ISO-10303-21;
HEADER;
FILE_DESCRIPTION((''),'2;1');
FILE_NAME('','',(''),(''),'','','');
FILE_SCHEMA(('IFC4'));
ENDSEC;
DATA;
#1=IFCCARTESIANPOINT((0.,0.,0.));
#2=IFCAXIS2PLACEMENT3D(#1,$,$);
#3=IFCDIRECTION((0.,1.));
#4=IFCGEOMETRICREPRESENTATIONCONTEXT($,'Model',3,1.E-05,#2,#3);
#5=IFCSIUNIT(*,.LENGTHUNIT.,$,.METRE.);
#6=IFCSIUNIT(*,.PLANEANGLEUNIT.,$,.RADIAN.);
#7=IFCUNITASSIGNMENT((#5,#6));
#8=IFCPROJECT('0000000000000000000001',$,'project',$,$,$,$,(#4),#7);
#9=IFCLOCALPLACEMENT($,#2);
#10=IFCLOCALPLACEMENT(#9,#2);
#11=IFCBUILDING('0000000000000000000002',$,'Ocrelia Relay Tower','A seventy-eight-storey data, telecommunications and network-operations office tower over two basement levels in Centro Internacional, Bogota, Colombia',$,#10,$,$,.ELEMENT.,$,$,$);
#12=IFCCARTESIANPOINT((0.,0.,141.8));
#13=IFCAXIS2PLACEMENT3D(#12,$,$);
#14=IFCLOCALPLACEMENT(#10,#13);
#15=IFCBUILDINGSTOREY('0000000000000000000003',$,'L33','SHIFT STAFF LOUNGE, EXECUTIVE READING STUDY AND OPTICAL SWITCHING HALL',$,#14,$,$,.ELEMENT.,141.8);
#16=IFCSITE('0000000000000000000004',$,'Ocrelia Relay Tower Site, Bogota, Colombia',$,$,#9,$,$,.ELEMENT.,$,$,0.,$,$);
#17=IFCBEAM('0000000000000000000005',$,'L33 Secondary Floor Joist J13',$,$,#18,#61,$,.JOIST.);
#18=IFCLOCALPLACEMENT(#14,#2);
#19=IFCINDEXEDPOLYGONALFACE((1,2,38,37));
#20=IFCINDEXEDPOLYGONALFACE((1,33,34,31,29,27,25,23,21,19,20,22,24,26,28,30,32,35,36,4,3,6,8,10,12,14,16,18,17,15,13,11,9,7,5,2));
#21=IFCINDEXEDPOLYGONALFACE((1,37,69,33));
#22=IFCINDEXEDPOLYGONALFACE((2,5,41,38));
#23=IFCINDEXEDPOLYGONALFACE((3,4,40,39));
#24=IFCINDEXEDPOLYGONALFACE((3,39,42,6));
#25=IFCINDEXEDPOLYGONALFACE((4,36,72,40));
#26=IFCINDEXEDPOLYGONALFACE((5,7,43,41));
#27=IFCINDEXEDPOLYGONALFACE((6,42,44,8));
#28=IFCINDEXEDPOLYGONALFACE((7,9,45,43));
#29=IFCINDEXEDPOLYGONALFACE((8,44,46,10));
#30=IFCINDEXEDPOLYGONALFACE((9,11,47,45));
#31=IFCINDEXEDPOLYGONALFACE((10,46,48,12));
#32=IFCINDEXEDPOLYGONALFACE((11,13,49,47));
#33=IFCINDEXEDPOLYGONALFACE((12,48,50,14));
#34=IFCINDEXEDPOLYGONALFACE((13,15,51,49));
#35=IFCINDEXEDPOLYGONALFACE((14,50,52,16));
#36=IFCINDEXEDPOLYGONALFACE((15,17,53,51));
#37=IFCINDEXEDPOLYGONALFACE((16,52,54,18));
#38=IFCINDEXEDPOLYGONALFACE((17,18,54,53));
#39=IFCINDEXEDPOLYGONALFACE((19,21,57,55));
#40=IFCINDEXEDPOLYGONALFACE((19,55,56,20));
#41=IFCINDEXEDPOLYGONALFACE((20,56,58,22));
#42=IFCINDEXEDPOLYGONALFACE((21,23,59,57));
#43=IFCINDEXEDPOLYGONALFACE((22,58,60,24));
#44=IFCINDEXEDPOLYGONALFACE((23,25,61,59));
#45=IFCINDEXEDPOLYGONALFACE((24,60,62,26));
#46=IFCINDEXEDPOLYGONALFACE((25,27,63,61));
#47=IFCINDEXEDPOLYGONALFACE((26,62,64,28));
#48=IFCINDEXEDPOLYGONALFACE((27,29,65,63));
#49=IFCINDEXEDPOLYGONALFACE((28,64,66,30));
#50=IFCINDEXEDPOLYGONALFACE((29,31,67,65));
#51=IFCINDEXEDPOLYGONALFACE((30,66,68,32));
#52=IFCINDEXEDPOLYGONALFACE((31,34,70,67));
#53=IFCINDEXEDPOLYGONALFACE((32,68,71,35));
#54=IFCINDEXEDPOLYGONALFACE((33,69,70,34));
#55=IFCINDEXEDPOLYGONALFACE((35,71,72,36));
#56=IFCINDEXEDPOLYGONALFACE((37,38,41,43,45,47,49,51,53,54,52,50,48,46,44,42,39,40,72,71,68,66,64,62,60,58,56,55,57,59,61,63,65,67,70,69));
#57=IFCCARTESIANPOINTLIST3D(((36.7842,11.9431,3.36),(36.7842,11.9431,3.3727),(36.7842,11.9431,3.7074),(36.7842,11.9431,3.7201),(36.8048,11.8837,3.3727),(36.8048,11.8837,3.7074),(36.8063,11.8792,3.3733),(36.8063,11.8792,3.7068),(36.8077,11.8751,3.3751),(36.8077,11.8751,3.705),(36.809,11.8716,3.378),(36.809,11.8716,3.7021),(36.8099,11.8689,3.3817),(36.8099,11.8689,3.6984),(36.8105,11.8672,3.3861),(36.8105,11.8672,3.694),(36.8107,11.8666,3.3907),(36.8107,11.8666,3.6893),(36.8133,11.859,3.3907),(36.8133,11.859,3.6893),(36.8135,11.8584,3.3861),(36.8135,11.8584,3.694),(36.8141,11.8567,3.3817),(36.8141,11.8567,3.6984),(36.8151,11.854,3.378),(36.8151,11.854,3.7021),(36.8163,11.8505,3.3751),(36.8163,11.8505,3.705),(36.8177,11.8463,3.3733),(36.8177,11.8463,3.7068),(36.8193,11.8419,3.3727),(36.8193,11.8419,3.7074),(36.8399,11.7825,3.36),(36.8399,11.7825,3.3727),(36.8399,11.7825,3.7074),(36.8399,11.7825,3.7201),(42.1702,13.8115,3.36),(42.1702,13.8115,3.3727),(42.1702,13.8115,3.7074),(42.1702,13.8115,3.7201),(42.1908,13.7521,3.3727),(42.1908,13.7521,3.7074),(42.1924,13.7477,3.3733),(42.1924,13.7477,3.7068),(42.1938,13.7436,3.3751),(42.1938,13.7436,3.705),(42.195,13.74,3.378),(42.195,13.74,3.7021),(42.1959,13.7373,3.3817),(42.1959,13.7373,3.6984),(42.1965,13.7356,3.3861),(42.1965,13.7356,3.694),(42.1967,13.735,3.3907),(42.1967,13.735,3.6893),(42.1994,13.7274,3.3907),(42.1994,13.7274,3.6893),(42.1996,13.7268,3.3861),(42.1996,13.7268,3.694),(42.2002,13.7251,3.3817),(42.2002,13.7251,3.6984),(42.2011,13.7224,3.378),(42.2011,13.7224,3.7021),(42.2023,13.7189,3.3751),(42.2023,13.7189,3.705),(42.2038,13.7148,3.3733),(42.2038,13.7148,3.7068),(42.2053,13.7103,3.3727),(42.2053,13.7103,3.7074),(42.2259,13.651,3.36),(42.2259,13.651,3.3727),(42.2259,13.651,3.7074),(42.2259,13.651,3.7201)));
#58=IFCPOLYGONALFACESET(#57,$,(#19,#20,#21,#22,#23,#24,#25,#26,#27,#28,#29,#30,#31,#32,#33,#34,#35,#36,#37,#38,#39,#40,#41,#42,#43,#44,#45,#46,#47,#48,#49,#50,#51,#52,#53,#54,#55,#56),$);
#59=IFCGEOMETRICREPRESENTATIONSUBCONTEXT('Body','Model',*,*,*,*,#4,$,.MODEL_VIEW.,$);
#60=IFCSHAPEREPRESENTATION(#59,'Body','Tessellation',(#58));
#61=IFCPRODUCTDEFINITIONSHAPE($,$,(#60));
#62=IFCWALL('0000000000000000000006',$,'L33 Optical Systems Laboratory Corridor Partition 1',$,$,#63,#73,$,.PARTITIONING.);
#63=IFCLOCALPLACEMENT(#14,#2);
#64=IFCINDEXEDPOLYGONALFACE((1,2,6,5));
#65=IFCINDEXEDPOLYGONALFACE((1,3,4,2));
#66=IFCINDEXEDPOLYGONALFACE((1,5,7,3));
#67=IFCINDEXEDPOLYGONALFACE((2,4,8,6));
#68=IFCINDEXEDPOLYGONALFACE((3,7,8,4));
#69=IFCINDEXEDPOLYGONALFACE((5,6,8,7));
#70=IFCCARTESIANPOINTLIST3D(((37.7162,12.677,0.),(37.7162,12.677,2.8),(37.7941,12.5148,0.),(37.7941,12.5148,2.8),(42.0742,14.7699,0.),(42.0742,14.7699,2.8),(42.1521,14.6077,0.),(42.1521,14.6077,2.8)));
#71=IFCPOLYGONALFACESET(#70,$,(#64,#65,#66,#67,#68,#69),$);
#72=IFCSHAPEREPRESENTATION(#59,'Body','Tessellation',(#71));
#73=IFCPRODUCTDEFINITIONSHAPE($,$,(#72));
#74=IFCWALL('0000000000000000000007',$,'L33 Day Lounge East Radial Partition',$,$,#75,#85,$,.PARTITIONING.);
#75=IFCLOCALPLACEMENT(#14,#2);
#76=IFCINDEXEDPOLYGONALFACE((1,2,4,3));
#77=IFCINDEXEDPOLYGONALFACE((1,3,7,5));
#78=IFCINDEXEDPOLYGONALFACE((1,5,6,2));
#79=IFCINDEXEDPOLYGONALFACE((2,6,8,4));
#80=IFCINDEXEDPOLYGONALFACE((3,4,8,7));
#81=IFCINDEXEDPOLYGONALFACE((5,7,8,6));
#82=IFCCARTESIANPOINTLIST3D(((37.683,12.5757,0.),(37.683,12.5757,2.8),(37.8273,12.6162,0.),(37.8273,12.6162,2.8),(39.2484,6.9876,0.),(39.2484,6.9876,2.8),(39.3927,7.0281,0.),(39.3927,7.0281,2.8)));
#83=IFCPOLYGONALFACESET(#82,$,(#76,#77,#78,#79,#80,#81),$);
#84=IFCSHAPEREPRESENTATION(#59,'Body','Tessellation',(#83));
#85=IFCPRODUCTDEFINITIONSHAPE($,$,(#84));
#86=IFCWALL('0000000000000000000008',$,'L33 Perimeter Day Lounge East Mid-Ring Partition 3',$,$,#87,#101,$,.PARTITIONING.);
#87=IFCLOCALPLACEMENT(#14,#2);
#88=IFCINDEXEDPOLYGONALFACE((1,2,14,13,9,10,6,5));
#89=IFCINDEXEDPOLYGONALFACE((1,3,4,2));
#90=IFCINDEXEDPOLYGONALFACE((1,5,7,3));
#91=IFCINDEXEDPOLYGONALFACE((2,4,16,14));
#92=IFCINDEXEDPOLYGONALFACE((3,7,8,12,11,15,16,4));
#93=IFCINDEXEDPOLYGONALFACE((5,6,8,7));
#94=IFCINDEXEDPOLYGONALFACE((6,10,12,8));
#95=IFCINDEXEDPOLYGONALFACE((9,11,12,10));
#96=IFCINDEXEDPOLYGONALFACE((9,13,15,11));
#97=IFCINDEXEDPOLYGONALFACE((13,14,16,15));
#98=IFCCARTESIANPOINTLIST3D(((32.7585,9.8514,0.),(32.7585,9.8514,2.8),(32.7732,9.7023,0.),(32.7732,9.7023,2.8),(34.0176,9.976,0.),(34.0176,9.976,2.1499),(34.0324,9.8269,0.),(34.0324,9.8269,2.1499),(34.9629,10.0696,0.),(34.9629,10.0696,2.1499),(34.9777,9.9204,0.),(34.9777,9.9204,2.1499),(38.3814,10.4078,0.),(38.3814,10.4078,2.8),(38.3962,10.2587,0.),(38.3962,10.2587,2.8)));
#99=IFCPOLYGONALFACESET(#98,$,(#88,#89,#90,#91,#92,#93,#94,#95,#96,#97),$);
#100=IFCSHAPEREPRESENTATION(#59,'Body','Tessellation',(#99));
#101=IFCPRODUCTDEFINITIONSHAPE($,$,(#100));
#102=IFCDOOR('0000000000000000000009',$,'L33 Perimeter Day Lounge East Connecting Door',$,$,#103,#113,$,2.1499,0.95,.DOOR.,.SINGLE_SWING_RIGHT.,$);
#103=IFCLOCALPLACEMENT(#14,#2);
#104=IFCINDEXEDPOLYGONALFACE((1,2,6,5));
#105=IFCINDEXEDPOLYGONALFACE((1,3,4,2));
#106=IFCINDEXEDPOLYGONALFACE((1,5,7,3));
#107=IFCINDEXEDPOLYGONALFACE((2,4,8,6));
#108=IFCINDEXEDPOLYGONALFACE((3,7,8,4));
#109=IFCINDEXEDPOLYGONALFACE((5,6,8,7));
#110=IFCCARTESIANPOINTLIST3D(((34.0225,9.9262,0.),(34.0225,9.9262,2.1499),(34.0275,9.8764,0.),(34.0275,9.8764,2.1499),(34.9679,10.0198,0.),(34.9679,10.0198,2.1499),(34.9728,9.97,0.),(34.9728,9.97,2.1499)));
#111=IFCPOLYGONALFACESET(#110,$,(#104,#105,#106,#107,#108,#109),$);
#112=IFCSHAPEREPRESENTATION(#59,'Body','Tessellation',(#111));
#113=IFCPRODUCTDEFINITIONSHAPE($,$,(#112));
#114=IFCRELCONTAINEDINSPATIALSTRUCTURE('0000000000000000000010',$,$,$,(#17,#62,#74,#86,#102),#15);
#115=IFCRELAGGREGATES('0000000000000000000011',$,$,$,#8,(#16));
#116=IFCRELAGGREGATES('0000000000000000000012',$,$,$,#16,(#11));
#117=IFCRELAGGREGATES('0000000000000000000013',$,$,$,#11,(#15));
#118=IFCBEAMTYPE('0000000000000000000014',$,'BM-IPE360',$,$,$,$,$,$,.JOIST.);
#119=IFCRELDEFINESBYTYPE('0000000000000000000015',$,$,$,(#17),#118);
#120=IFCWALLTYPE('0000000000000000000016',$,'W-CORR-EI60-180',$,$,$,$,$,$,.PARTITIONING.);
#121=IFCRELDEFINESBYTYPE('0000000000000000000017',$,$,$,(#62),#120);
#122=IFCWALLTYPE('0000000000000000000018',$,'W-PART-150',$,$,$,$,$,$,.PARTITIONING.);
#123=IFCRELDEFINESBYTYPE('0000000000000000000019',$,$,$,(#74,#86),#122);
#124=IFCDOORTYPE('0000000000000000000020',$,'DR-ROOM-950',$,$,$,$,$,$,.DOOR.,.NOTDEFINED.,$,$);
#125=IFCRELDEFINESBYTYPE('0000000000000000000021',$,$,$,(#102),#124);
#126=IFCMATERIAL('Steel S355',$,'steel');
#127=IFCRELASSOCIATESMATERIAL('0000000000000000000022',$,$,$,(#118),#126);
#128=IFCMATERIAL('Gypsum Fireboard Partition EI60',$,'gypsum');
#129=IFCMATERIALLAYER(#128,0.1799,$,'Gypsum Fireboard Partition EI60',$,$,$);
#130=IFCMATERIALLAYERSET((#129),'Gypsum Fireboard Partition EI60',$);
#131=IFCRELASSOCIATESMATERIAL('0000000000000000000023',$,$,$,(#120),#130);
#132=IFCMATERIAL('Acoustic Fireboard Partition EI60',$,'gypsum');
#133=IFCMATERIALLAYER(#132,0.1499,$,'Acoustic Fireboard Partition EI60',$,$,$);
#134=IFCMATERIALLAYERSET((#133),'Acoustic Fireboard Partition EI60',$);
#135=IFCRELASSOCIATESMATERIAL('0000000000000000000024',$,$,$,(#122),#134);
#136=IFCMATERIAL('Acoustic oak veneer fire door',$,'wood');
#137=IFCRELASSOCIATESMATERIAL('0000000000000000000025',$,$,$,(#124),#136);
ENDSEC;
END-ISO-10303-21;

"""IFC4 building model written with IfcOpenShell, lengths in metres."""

from ifc_helpers import new_model, si_unit, direction, frame, frame_2d, origin, origin_2d, place, context, subcontext, project, spatial, rectangle, i_section, extrude, material, layer, layer_set, material_profile, profile_set, type_object, element, fill, save


model = new_model("IFC4")

# Units and contexts
model_context = context("Model", 3, precision=1e-05, world=origin(), true_north=direction((0.0, 1.0)))
body_context = subcontext(model_context, "Body", "Model", "MODEL_VIEW")
ifc_project = project(units=[si_unit("LENGTHUNIT", "METRE"), si_unit("PLANEANGLEUNIT", "RADIAN")], contexts=[model_context])

# Site, building, storey
site_placement = place(None, origin())
site = spatial("IfcSite", under=ifc_project, at=site_placement, Name="Ocrelia Relay Tower Site, Bogota, Colombia", CompositionType="ELEMENT", RefElevation=0.0)
building_placement = place(site_placement, origin())
building = spatial("IfcBuilding", under=site, at=building_placement, Name="Ocrelia Relay Tower", Description="A seventy-eight-storey data, telecommunications and network-operations office tower over two basement levels in Centro Internacional, Bogota, Colombia", CompositionType="ELEMENT")
storey_placement = place(building_placement, frame((0.0, 0.0, 141.8)))
storey = spatial("IfcBuildingStorey", under=building, at=storey_placement, Name="L33", Description="SHIFT STAFF LOUNGE, EXECUTIVE READING STUDY AND OPTICAL SWITCHING HALL", CompositionType="ELEMENT", Elevation=141.8)

# Beam
ifc_material_1 = material(Name="Steel S355", Category="steel")
ifc_material_profile_1 = material_profile(ifc_material_1, i_section(OverallWidth=0.1699, OverallDepth=0.3601, WebThickness=0.0081, FlangeThickness=0.0127, FilletRadius=0.0181, at=origin_2d()), Name="IPE 360")
ifc_profile_set_1 = profile_set([ifc_material_profile_1], Name="Steel S355")
beam_type_1 = type_object("IfcBeamType", Name="BM-IPE360", PredefinedType="JOIST", material=ifc_profile_set_1)
beam_1_placement = place(storey_placement, frame((36.812, 11.8628, 3.54), z_axis=(0.944767, 0.327741, 0.0), x_axis=(-0.327741, 0.944767, 0.0)))
element("IfcBeam", 1, at=beam_1_placement, inside=storey, type_object=beam_type_1, Name="L33 Secondary Floor Joist J13", PredefinedType="JOIST", context=body_context, shape_type="SweptSolid", body=[
    extrude(i_section(OverallWidth=0.1699, OverallDepth=0.3601, WebThickness=0.0081, FlangeThickness=0.0127, FilletRadius=0.0181, at=origin_2d()), origin(), (0.0, 0.0, 1.0), 5.7009),
])

# Shared definitions
ifc_material_2 = material(Name="Gypsum Fireboard Partition EI60", Category="gypsum")
ifc_layer_1 = layer(ifc_material_2, 0.1799, Name="Gypsum Fireboard Partition EI60")
ifc_layer_set_1 = layer_set([ifc_layer_1], Name="Gypsum Fireboard Partition EI60")
wall_type_1 = type_object("IfcWallType", Name="W-CORR-EI60-180", PredefinedType="PARTITIONING", material=ifc_layer_set_1)
ifc_material_3 = material(Name="Acoustic oak veneer fire door", Category="wood")

# Wall
wall_1_placement = place(storey_placement, frame((37.7551, 12.5959, 0.0), z_axis=(0.0, 0.0, 1.0), x_axis=(0.901444, 0.432895, 0.0)))
element("IfcWall", 2, at=wall_1_placement, inside=storey, type_object=wall_type_1, Name="L33 Optical Systems Laboratory Corridor Partition 1", PredefinedType="PARTITIONING", context=body_context, shape_type="SweptSolid", body=[
    extrude(rectangle(XDim=4.8345, YDim=0.1799, at=frame_2d((2.4172, 0.0))), origin(), (0.0, 0.0, 1.0), 2.8),
])

# Wall
ifc_material_4 = material(Name="Acoustic Fireboard Partition EI60", Category="gypsum")
ifc_layer_2 = layer(ifc_material_4, 0.1499, Name="Acoustic Fireboard Partition EI60")
ifc_layer_set_2 = layer_set([ifc_layer_2], Name="Acoustic Fireboard Partition EI60")
wall_type_2 = type_object("IfcWallType", Name="W-PART-150", PredefinedType="PARTITIONING", material=ifc_layer_set_2)
wall_2_placement = place(storey_placement, frame((37.7551, 12.5959, 0.0), z_axis=(0.0, 0.0, 1.0), x_axis=(0.26975, -0.96293, 0.0)))
element("IfcWall", 3, at=wall_2_placement, inside=storey, type_object=wall_type_2, Name="L33 Day Lounge East Radial Partition", PredefinedType="PARTITIONING", context=body_context, shape_type="SweptSolid", body=[
    extrude(rectangle(XDim=5.8032, YDim=0.1499, at=frame_2d((2.9016, 0.0))), origin(), (0.0, 0.0, 1.0), 2.8),
])

# Wall, opening, door
wall_3_placement = place(storey_placement, frame((32.7659, 9.7769, 0.0), z_axis=(0.0, 0.0, 1.0), x_axis=(0.99514, 0.098468, 0.0)))
wall_3 = element("IfcWall", 4, at=wall_3_placement, inside=storey, type_object=wall_type_2, Name="L33 Perimeter Day Lounge East Mid-Ring Partition 3", PredefinedType="PARTITIONING", context=body_context, shape_type="SweptSolid", body=[
    extrude(rectangle(XDim=5.6504, YDim=0.1499, at=frame_2d((2.8252, 0.0))), origin(), (0.0, 0.0, 1.0), 2.8),
])
opening_1_placement = place(wall_3_placement, frame((1.2651, 0.0, 0.0)))
opening_1 = element("IfcOpeningElement", 5, at=opening_1_placement, cuts=wall_3, PredefinedType="OPENING", context=body_context, shape_type="SweptSolid", body=[
    extrude(rectangle(XDim=0.95, YDim=2.1499, at=frame_2d((0.4751, 1.075))), frame((0.0, 0.085, 0.0), z_axis=(0.0, -1.0, 0.0), x_axis=(1.0, 0.0, 0.0)), (0.0, 0.0, 1.0), 0.1699),
])
door_type_1 = type_object("IfcDoorType", Name="DR-ROOM-950", OperationType="NOTDEFINED", PredefinedType="DOOR", material=ifc_material_3)
door_1_placement = place(opening_1_placement, origin())
door_1 = element("IfcDoor", 6, at=door_1_placement, inside=storey, type_object=door_type_1, Name="L33 Perimeter Day Lounge East Connecting Door", OperationType="SINGLE_SWING_RIGHT", OverallHeight=2.1499, OverallWidth=0.95, PredefinedType="DOOR", context=body_context, shape_type="SweptSolid", body=[
    extrude(rectangle(XDim=0.95, YDim=2.1499, at=frame_2d((0.4751, 1.075))), frame((0.0, 0.0249, 0.0), z_axis=(0.0, -1.0, 0.0), x_axis=(1.0, 0.0, 0.0)), (0.0, 0.0, 1.0), 0.05),
])
fill(opening_1, door_1)

save(model, "model.ifc")
